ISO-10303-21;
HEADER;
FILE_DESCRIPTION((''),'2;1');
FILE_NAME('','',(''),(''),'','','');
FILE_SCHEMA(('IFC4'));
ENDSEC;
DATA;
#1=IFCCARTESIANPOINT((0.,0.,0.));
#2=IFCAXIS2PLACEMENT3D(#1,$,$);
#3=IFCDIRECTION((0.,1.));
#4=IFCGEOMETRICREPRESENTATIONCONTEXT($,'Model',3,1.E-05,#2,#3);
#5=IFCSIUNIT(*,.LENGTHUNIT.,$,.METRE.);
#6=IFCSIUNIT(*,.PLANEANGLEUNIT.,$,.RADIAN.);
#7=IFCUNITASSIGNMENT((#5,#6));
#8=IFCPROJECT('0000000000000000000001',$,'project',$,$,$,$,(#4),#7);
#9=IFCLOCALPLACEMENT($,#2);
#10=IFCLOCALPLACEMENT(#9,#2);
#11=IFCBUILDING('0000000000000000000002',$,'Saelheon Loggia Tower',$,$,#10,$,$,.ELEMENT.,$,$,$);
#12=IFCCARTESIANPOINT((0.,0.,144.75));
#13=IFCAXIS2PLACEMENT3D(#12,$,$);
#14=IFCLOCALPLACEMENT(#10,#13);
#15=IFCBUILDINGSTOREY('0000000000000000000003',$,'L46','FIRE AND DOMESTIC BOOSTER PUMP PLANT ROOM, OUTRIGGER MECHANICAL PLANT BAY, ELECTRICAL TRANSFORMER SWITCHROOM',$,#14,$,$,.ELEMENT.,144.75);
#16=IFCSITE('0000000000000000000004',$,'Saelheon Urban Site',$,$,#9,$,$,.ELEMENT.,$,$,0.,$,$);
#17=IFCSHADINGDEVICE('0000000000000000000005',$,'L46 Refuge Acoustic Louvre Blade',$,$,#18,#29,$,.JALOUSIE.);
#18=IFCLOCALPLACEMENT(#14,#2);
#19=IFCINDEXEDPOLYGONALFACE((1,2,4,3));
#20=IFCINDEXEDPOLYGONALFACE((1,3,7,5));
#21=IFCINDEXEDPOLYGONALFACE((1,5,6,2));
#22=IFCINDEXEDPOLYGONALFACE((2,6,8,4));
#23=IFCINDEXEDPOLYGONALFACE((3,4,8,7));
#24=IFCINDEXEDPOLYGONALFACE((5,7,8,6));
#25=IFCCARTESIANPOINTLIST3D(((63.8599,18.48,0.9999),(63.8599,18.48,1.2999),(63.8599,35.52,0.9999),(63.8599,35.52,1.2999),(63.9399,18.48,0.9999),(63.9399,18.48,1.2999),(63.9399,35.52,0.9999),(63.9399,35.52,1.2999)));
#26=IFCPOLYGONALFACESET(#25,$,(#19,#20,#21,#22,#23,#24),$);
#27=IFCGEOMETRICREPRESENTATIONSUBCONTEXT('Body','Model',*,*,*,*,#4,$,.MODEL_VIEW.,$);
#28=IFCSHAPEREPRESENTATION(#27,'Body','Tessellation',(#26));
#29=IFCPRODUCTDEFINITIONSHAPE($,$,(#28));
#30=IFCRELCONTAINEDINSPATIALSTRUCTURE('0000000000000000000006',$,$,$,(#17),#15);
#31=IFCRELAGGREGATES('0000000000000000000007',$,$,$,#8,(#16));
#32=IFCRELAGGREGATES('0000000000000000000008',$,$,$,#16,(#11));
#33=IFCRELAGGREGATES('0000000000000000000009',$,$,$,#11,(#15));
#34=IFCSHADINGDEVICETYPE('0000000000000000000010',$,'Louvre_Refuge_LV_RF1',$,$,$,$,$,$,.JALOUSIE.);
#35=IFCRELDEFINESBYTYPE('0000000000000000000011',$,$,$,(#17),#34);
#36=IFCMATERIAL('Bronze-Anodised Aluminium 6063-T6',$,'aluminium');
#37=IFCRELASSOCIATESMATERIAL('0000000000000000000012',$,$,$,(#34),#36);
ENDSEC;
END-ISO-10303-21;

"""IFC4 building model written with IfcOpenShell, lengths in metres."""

from ifc_helpers import new_model, si_unit, direction, frame, origin, origin_2d, place, context, subcontext, project, spatial, rectangle, extrude, source, transform, mapped, material, material_profile, profile_set, type_object, element, save


model = new_model("IFC4")

# Units and contexts
model_context = context("Model", 3, precision=1e-05, world=origin(), true_north=direction((0.0, 1.0)))
body_context = subcontext(model_context, "Body", "Model", "MODEL_VIEW")
ifc_project = project(units=[si_unit("LENGTHUNIT", "METRE"), si_unit("PLANEANGLEUNIT", "RADIAN")], contexts=[model_context])

# Site, building, storey
site_placement = place(None, origin())
site = spatial("IfcSite", under=ifc_project, at=site_placement, Name="Saelheon Urban Site", CompositionType="ELEMENT", RefElevation=0.0)
building_placement = place(site_placement, origin())
building = spatial("IfcBuilding", under=site, at=building_placement, Name="Saelheon Loggia Tower", CompositionType="ELEMENT")
storey_placement = place(building_placement, frame((0.0, 0.0, 144.75)))
storey = spatial("IfcBuildingStorey", under=building, at=storey_placement, Name="L46", Description="FIRE AND DOMESTIC BOOSTER PUMP PLANT ROOM, OUTRIGGER MECHANICAL PLANT BAY, ELECTRICAL TRANSFORMER SWITCHROOM", CompositionType="ELEMENT", Elevation=144.75)

# Shading device
ifc_material_1 = material(Name="Bronze-Anodised Aluminium 6063-T6", Category="aluminium")
ifc_material_profile_1 = material_profile(ifc_material_1, rectangle(XDim=0.0801, YDim=0.3, at=origin_2d()), Name="Louvre_Refuge_LV_RF1")
ifc_profile_set_1 = profile_set([ifc_material_profile_1], Name="Bronze-Anodised Aluminium 6063-T6")
shading_device_type = type_object("IfcShadingDeviceType", Name="Louvre_Refuge_LV_RF1", PredefinedType="JALOUSIE", material=ifc_profile_set_1)
shared_shape_1 = source(origin(), body_context, "Body", "SweptSolid", [
    extrude(rectangle(XDim=0.0801, YDim=0.3, at=origin_2d()), origin(), (0.0, 0.0, 1.0), 17.04),
])
shading_device_placement = place(storey_placement, frame((63.8999, 18.48, 1.1499), z_axis=(0.0, 1.0, 0.0), x_axis=(-1.0, 0.0, 0.0)))
element("IfcShadingDevice", 1, at=shading_device_placement, inside=storey, type_object=shading_device_type, Name="L46 Refuge Acoustic Louvre Blade", PredefinedType="JALOUSIE", context=body_context, shape_type="MappedRepresentation", body=[
    mapped(shared_shape_1, transform((0.0, 0.0, 0.0), scale=1.0)),
])

save(model, "model.ifc")
